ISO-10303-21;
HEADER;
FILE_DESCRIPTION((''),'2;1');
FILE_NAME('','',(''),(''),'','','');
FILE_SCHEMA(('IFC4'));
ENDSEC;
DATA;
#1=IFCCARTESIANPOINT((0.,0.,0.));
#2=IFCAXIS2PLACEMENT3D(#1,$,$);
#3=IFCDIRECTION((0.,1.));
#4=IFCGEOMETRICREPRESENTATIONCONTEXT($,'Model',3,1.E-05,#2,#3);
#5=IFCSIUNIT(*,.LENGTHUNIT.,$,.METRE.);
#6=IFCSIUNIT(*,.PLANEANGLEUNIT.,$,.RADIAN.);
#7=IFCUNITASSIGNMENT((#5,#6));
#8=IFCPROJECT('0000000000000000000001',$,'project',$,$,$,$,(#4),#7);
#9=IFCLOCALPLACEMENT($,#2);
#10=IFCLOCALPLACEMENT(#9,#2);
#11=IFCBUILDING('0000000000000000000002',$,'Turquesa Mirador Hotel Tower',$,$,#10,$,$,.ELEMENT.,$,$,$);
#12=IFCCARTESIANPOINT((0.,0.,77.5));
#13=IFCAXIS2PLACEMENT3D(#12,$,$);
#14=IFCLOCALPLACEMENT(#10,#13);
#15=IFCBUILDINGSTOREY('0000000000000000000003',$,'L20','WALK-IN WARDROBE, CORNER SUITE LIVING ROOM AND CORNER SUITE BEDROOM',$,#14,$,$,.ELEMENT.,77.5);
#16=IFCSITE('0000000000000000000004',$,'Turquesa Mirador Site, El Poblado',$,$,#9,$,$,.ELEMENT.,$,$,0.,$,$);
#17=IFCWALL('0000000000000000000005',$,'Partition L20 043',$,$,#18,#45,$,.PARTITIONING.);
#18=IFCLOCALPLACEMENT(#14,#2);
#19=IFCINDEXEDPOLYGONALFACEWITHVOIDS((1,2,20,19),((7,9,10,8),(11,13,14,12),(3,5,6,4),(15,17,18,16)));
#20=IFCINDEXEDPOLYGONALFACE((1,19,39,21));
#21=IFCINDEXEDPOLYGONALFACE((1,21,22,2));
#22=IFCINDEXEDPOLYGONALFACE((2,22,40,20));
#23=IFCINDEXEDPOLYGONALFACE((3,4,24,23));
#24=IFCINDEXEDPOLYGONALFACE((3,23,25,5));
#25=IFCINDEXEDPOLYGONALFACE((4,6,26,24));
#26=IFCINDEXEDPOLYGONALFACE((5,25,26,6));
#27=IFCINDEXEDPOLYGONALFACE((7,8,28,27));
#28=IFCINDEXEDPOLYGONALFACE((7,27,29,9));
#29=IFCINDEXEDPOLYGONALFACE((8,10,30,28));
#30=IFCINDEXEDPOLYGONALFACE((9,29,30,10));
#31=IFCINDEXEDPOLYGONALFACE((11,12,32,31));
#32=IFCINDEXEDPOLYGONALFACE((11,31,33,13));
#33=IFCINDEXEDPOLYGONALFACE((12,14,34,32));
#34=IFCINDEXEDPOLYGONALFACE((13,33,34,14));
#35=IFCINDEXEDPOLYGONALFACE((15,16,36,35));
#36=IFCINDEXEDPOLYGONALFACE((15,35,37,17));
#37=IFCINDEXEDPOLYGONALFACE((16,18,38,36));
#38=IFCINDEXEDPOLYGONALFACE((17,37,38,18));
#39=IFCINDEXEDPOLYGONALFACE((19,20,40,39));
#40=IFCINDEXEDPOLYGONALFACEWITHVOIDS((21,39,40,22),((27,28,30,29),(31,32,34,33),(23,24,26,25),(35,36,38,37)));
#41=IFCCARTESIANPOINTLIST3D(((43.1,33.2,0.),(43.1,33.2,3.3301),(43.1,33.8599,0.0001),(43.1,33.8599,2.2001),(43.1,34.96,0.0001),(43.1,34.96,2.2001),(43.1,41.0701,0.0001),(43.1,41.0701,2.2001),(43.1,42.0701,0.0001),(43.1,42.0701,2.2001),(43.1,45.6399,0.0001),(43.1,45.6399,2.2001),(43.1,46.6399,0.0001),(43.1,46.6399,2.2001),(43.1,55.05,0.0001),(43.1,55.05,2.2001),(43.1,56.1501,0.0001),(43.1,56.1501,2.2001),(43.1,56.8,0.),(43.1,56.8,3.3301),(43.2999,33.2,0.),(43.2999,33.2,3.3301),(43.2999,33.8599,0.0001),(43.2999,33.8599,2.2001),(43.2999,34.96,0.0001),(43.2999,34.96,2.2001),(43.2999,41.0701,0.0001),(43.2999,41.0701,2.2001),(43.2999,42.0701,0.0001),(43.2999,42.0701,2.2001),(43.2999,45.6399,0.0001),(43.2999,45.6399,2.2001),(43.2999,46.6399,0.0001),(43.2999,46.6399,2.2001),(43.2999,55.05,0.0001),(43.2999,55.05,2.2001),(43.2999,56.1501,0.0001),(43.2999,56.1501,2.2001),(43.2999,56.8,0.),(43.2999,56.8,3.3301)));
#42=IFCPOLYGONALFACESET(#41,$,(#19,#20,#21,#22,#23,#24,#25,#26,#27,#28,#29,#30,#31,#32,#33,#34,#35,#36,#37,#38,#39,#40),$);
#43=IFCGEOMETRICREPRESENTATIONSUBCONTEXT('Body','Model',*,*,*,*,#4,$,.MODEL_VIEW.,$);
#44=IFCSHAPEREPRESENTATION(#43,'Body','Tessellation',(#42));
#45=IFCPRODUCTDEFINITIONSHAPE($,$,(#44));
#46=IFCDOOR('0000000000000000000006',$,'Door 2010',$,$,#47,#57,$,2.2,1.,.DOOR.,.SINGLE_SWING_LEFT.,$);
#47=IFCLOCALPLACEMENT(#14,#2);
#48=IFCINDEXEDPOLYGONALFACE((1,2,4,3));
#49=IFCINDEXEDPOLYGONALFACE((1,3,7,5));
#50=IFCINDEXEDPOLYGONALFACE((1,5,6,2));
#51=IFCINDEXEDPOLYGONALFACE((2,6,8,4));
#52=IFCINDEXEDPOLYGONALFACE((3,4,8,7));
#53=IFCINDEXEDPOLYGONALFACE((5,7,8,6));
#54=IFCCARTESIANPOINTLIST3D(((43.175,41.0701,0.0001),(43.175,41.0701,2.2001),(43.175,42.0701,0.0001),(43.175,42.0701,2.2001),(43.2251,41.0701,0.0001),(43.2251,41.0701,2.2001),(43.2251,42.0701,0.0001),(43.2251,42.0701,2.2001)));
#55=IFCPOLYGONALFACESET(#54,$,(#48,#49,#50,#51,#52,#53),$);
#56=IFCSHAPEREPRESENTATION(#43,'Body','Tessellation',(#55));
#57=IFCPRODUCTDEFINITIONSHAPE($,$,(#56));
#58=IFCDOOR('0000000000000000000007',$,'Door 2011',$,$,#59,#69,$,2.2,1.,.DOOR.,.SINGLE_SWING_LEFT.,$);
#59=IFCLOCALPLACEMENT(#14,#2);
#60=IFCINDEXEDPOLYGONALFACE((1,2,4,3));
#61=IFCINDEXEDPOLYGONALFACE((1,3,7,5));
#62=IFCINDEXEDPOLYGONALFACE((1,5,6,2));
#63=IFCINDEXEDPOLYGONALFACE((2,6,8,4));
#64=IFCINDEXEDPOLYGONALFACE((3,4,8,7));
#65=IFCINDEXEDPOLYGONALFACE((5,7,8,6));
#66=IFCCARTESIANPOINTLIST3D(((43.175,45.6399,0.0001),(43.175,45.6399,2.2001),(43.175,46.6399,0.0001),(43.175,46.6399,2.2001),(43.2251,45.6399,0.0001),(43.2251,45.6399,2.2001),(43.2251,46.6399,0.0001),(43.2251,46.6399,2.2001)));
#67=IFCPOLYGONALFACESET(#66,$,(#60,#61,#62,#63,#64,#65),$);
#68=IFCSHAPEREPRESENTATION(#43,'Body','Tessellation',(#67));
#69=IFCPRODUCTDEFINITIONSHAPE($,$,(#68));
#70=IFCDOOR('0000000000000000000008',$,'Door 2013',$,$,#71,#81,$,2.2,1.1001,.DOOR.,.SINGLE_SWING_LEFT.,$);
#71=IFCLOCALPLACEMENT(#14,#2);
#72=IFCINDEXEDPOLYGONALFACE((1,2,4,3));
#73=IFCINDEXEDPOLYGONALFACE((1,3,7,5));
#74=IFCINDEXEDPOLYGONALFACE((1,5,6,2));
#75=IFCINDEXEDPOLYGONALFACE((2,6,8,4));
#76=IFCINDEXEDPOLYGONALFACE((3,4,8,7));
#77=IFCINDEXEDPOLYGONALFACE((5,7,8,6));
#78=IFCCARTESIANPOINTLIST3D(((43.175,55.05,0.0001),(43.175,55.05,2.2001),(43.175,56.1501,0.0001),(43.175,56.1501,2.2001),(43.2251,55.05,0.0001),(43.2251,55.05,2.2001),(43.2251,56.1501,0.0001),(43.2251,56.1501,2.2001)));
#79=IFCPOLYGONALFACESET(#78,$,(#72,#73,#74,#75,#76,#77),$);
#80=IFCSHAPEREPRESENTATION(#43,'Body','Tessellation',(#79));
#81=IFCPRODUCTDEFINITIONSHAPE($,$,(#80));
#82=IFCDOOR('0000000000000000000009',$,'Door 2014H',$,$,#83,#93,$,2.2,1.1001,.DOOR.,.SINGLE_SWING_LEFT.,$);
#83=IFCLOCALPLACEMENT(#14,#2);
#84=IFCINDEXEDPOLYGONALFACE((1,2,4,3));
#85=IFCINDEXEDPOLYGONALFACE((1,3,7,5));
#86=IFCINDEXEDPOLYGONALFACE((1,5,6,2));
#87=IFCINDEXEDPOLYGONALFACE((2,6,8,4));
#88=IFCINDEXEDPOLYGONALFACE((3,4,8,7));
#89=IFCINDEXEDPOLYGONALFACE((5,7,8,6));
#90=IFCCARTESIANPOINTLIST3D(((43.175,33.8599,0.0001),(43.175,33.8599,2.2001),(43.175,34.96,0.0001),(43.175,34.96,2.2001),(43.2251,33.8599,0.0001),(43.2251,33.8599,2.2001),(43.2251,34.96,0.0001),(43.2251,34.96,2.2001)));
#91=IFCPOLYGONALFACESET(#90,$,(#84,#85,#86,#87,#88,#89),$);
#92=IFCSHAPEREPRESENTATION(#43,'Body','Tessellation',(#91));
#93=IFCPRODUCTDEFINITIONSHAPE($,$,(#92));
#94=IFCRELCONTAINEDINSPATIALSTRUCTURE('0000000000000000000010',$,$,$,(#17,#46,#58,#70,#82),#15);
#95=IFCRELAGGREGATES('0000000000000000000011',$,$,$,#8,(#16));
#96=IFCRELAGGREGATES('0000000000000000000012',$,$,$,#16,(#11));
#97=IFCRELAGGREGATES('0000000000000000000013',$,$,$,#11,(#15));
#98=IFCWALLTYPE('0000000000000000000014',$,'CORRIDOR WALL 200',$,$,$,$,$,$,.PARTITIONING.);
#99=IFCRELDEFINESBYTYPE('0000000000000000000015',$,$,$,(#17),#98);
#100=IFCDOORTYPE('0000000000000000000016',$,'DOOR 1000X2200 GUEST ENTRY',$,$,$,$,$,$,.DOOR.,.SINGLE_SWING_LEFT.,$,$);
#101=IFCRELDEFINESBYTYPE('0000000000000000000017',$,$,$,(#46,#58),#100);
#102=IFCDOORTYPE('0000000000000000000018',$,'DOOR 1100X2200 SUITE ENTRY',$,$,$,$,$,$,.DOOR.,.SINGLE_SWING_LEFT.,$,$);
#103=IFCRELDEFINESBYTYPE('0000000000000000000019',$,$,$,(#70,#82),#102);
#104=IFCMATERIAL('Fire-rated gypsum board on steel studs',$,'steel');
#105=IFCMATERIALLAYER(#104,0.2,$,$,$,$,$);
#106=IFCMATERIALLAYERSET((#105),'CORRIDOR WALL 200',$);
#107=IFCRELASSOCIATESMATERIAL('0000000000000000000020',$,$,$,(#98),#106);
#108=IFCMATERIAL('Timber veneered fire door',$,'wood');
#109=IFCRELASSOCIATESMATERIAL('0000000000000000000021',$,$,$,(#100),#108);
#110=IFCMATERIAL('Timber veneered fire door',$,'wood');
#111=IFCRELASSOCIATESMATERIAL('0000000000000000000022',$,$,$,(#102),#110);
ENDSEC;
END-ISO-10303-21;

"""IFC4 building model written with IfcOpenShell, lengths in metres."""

from ifc_helpers import new_model, si_unit, direction, frame, frame_2d, origin, place, context, subcontext, project, spatial, rectangle, extrude, material, layer, layer_set, type_object, element, fill, save


model = new_model("IFC4")

# Units and contexts
model_context = context("Model", 3, precision=1e-05, world=origin(), true_north=direction((0.0, 1.0)))
body_context = subcontext(model_context, "Body", "Model", "MODEL_VIEW")
ifc_project = project(units=[si_unit("LENGTHUNIT", "METRE"), si_unit("PLANEANGLEUNIT", "RADIAN")], contexts=[model_context])

# Site, building, storey
site_placement = place(None, origin())
site = spatial("IfcSite", under=ifc_project, at=site_placement, Name="Turquesa Mirador Site, El Poblado", CompositionType="ELEMENT", RefElevation=0.0)
building_placement = place(site_placement, origin())
building = spatial("IfcBuilding", under=site, at=building_placement, Name="Turquesa Mirador Hotel Tower", CompositionType="ELEMENT")
storey_placement = place(building_placement, frame((0.0, 0.0, 77.5)))
storey = spatial("IfcBuildingStorey", under=building, at=storey_placement, Name="L20", Description="WALK-IN WARDROBE, CORNER SUITE LIVING ROOM AND CORNER SUITE BEDROOM", CompositionType="ELEMENT", Elevation=77.5)

# Wall, openings, doors
ifc_material_1 = material(Name="Fire-rated gypsum board on steel studs", Category="steel")
ifc_layer_1 = layer(ifc_material_1, 0.2)
ifc_layer_set_1 = layer_set([ifc_layer_1], Name="CORRIDOR WALL 200")
wall_type_1 = type_object("IfcWallType", Name="CORRIDOR WALL 200", PredefinedType="PARTITIONING", material=ifc_layer_set_1)
ifc_material_2 = material(Name="Timber veneered fire door", Category="wood")
door_type_1 = type_object("IfcDoorType", Name="DOOR 1000X2200 GUEST ENTRY", OperationType="SINGLE_SWING_LEFT", PredefinedType="DOOR", material=ifc_material_2)
wall_1_placement = place(storey_placement, frame((43.2, 33.2, 0.0), z_axis=(0.0, 0.0, 1.0), x_axis=(0.0, 1.0, 0.0)))
wall_1 = element("IfcWall", 1, at=wall_1_placement, inside=storey, type_object=wall_type_1, Name="Partition L20 043", PredefinedType="PARTITIONING", context=body_context, shape_type="SweptSolid", body=[
    extrude(rectangle(XDim=23.6001, YDim=0.2, at=frame_2d((11.8, 0.0))), origin(), (0.0, 0.0, 1.0), 3.3301),
])
opening_1_placement = place(wall_1_placement, frame((7.8701, 0.0, 0.0)))
opening_1 = element("IfcOpeningElement", 2, at=opening_1_placement, cuts=wall_1, PredefinedType="OPENING", context=body_context, shape_type="SweptSolid", body=[
    extrude(rectangle(XDim=1.0, YDim=2.2, at=frame_2d((0.5, 1.1001))), frame((0.0, 0.1099, 0.0), z_axis=(0.0, -1.0, 0.0), x_axis=(1.0, 0.0, 0.0)), (0.0, 0.0, 1.0), 0.22),
])
opening_2_placement = place(wall_1_placement, frame((12.4399, 0.0, 0.0)))
opening_2 = element("IfcOpeningElement", 3, at=opening_2_placement, cuts=wall_1, PredefinedType="OPENING", context=body_context, shape_type="SweptSolid", body=[
    extrude(rectangle(XDim=1.0, YDim=2.2, at=frame_2d((0.5, 1.1001))), frame((0.0, 0.1099, 0.0), z_axis=(0.0, -1.0, 0.0), x_axis=(1.0, 0.0, 0.0)), (0.0, 0.0, 1.0), 0.22),
])
opening_3_placement = place(wall_1_placement, frame((21.8501, 0.0, 0.0)))
opening_3 = element("IfcOpeningElement", 4, at=opening_3_placement, cuts=wall_1, PredefinedType="OPENING", context=body_context, shape_type="SweptSolid", body=[
    extrude(rectangle(XDim=1.1001, YDim=2.2, at=frame_2d((0.55, 1.1001))), frame((0.0, 0.1099, 0.0), z_axis=(0.0, -1.0, 0.0), x_axis=(1.0, 0.0, 0.0)), (0.0, 0.0, 1.0), 0.22),
])
opening_4_placement = place(wall_1_placement, frame((0.6599, 0.0, 0.0)))
opening_4 = element("IfcOpeningElement", 5, at=opening_4_placement, cuts=wall_1, PredefinedType="OPENING", context=body_context, shape_type="SweptSolid", body=[
    extrude(rectangle(XDim=1.1001, YDim=2.2, at=frame_2d((0.55, 1.1001))), frame((0.0, 0.1099, 0.0), z_axis=(0.0, -1.0, 0.0), x_axis=(1.0, 0.0, 0.0)), (0.0, 0.0, 1.0), 0.22),
])
door_1_placement = place(opening_1_placement, origin())
door_1 = element("IfcDoor", 6, at=door_1_placement, inside=storey, type_object=door_type_1, Name="Door 2010", OperationType="SINGLE_SWING_LEFT", OverallHeight=2.2, OverallWidth=1.0, PredefinedType="DOOR", context=body_context, shape_type="SweptSolid", body=[
    extrude(rectangle(XDim=1.0, YDim=2.2, at=frame_2d((0.5, 1.1001))), frame((0.0, 0.0249, 0.0), z_axis=(0.0, -1.0, 0.0), x_axis=(1.0, 0.0, 0.0)), (0.0, 0.0, 1.0), 0.05),
])
fill(opening_1, door_1)
door_2_placement = place(opening_2_placement, origin())
door_2 = element("IfcDoor", 7, at=door_2_placement, inside=storey, type_object=door_type_1, Name="Door 2011", OperationType="SINGLE_SWING_LEFT", OverallHeight=2.2, OverallWidth=1.0, PredefinedType="DOOR", context=body_context, shape_type="SweptSolid", body=[
    extrude(rectangle(XDim=1.0, YDim=2.2, at=frame_2d((0.5, 1.1001))), frame((0.0, 0.0249, 0.0), z_axis=(0.0, -1.0, 0.0), x_axis=(1.0, 0.0, 0.0)), (0.0, 0.0, 1.0), 0.05),
])
fill(opening_2, door_2)
ifc_material_3 = material(Name="Timber veneered fire door", Category="wood")
door_type_2 = type_object("IfcDoorType", Name="DOOR 1100X2200 SUITE ENTRY", OperationType="SINGLE_SWING_LEFT", PredefinedType="DOOR", material=ifc_material_3)
door_3_placement = place(opening_3_placement, origin())
door_3 = element("IfcDoor", 8, at=door_3_placement, inside=storey, type_object=door_type_2, Name="Door 2013", OperationType="SINGLE_SWING_LEFT", OverallHeight=2.2, OverallWidth=1.1001, PredefinedType="DOOR", context=body_context, shape_type="SweptSolid", body=[
    extrude(rectangle(XDim=1.1001, YDim=2.2, at=frame_2d((0.55, 1.1001))), frame((0.0, 0.0249, 0.0), z_axis=(0.0, -1.0, 0.0), x_axis=(1.0, 0.0, 0.0)), (0.0, 0.0, 1.0), 0.05),
])
fill(opening_3, door_3)
door_4_placement = place(opening_4_placement, origin())
door_4 = element("IfcDoor", 9, at=door_4_placement, inside=storey, type_object=door_type_2, Name="Door 2014H", OperationType="SINGLE_SWING_LEFT", OverallHeight=2.2, OverallWidth=1.1001, PredefinedType="DOOR", context=body_context, shape_type="SweptSolid", body=[
    extrude(rectangle(XDim=1.1001, YDim=2.2, at=frame_2d((0.55, 1.1001))), frame((0.0, 0.0249, 0.0), z_axis=(0.0, -1.0, 0.0), x_axis=(1.0, 0.0, 0.0)), (0.0, 0.0, 1.0), 0.05),
])
fill(opening_4, door_4)

save(model, "model.ifc")
